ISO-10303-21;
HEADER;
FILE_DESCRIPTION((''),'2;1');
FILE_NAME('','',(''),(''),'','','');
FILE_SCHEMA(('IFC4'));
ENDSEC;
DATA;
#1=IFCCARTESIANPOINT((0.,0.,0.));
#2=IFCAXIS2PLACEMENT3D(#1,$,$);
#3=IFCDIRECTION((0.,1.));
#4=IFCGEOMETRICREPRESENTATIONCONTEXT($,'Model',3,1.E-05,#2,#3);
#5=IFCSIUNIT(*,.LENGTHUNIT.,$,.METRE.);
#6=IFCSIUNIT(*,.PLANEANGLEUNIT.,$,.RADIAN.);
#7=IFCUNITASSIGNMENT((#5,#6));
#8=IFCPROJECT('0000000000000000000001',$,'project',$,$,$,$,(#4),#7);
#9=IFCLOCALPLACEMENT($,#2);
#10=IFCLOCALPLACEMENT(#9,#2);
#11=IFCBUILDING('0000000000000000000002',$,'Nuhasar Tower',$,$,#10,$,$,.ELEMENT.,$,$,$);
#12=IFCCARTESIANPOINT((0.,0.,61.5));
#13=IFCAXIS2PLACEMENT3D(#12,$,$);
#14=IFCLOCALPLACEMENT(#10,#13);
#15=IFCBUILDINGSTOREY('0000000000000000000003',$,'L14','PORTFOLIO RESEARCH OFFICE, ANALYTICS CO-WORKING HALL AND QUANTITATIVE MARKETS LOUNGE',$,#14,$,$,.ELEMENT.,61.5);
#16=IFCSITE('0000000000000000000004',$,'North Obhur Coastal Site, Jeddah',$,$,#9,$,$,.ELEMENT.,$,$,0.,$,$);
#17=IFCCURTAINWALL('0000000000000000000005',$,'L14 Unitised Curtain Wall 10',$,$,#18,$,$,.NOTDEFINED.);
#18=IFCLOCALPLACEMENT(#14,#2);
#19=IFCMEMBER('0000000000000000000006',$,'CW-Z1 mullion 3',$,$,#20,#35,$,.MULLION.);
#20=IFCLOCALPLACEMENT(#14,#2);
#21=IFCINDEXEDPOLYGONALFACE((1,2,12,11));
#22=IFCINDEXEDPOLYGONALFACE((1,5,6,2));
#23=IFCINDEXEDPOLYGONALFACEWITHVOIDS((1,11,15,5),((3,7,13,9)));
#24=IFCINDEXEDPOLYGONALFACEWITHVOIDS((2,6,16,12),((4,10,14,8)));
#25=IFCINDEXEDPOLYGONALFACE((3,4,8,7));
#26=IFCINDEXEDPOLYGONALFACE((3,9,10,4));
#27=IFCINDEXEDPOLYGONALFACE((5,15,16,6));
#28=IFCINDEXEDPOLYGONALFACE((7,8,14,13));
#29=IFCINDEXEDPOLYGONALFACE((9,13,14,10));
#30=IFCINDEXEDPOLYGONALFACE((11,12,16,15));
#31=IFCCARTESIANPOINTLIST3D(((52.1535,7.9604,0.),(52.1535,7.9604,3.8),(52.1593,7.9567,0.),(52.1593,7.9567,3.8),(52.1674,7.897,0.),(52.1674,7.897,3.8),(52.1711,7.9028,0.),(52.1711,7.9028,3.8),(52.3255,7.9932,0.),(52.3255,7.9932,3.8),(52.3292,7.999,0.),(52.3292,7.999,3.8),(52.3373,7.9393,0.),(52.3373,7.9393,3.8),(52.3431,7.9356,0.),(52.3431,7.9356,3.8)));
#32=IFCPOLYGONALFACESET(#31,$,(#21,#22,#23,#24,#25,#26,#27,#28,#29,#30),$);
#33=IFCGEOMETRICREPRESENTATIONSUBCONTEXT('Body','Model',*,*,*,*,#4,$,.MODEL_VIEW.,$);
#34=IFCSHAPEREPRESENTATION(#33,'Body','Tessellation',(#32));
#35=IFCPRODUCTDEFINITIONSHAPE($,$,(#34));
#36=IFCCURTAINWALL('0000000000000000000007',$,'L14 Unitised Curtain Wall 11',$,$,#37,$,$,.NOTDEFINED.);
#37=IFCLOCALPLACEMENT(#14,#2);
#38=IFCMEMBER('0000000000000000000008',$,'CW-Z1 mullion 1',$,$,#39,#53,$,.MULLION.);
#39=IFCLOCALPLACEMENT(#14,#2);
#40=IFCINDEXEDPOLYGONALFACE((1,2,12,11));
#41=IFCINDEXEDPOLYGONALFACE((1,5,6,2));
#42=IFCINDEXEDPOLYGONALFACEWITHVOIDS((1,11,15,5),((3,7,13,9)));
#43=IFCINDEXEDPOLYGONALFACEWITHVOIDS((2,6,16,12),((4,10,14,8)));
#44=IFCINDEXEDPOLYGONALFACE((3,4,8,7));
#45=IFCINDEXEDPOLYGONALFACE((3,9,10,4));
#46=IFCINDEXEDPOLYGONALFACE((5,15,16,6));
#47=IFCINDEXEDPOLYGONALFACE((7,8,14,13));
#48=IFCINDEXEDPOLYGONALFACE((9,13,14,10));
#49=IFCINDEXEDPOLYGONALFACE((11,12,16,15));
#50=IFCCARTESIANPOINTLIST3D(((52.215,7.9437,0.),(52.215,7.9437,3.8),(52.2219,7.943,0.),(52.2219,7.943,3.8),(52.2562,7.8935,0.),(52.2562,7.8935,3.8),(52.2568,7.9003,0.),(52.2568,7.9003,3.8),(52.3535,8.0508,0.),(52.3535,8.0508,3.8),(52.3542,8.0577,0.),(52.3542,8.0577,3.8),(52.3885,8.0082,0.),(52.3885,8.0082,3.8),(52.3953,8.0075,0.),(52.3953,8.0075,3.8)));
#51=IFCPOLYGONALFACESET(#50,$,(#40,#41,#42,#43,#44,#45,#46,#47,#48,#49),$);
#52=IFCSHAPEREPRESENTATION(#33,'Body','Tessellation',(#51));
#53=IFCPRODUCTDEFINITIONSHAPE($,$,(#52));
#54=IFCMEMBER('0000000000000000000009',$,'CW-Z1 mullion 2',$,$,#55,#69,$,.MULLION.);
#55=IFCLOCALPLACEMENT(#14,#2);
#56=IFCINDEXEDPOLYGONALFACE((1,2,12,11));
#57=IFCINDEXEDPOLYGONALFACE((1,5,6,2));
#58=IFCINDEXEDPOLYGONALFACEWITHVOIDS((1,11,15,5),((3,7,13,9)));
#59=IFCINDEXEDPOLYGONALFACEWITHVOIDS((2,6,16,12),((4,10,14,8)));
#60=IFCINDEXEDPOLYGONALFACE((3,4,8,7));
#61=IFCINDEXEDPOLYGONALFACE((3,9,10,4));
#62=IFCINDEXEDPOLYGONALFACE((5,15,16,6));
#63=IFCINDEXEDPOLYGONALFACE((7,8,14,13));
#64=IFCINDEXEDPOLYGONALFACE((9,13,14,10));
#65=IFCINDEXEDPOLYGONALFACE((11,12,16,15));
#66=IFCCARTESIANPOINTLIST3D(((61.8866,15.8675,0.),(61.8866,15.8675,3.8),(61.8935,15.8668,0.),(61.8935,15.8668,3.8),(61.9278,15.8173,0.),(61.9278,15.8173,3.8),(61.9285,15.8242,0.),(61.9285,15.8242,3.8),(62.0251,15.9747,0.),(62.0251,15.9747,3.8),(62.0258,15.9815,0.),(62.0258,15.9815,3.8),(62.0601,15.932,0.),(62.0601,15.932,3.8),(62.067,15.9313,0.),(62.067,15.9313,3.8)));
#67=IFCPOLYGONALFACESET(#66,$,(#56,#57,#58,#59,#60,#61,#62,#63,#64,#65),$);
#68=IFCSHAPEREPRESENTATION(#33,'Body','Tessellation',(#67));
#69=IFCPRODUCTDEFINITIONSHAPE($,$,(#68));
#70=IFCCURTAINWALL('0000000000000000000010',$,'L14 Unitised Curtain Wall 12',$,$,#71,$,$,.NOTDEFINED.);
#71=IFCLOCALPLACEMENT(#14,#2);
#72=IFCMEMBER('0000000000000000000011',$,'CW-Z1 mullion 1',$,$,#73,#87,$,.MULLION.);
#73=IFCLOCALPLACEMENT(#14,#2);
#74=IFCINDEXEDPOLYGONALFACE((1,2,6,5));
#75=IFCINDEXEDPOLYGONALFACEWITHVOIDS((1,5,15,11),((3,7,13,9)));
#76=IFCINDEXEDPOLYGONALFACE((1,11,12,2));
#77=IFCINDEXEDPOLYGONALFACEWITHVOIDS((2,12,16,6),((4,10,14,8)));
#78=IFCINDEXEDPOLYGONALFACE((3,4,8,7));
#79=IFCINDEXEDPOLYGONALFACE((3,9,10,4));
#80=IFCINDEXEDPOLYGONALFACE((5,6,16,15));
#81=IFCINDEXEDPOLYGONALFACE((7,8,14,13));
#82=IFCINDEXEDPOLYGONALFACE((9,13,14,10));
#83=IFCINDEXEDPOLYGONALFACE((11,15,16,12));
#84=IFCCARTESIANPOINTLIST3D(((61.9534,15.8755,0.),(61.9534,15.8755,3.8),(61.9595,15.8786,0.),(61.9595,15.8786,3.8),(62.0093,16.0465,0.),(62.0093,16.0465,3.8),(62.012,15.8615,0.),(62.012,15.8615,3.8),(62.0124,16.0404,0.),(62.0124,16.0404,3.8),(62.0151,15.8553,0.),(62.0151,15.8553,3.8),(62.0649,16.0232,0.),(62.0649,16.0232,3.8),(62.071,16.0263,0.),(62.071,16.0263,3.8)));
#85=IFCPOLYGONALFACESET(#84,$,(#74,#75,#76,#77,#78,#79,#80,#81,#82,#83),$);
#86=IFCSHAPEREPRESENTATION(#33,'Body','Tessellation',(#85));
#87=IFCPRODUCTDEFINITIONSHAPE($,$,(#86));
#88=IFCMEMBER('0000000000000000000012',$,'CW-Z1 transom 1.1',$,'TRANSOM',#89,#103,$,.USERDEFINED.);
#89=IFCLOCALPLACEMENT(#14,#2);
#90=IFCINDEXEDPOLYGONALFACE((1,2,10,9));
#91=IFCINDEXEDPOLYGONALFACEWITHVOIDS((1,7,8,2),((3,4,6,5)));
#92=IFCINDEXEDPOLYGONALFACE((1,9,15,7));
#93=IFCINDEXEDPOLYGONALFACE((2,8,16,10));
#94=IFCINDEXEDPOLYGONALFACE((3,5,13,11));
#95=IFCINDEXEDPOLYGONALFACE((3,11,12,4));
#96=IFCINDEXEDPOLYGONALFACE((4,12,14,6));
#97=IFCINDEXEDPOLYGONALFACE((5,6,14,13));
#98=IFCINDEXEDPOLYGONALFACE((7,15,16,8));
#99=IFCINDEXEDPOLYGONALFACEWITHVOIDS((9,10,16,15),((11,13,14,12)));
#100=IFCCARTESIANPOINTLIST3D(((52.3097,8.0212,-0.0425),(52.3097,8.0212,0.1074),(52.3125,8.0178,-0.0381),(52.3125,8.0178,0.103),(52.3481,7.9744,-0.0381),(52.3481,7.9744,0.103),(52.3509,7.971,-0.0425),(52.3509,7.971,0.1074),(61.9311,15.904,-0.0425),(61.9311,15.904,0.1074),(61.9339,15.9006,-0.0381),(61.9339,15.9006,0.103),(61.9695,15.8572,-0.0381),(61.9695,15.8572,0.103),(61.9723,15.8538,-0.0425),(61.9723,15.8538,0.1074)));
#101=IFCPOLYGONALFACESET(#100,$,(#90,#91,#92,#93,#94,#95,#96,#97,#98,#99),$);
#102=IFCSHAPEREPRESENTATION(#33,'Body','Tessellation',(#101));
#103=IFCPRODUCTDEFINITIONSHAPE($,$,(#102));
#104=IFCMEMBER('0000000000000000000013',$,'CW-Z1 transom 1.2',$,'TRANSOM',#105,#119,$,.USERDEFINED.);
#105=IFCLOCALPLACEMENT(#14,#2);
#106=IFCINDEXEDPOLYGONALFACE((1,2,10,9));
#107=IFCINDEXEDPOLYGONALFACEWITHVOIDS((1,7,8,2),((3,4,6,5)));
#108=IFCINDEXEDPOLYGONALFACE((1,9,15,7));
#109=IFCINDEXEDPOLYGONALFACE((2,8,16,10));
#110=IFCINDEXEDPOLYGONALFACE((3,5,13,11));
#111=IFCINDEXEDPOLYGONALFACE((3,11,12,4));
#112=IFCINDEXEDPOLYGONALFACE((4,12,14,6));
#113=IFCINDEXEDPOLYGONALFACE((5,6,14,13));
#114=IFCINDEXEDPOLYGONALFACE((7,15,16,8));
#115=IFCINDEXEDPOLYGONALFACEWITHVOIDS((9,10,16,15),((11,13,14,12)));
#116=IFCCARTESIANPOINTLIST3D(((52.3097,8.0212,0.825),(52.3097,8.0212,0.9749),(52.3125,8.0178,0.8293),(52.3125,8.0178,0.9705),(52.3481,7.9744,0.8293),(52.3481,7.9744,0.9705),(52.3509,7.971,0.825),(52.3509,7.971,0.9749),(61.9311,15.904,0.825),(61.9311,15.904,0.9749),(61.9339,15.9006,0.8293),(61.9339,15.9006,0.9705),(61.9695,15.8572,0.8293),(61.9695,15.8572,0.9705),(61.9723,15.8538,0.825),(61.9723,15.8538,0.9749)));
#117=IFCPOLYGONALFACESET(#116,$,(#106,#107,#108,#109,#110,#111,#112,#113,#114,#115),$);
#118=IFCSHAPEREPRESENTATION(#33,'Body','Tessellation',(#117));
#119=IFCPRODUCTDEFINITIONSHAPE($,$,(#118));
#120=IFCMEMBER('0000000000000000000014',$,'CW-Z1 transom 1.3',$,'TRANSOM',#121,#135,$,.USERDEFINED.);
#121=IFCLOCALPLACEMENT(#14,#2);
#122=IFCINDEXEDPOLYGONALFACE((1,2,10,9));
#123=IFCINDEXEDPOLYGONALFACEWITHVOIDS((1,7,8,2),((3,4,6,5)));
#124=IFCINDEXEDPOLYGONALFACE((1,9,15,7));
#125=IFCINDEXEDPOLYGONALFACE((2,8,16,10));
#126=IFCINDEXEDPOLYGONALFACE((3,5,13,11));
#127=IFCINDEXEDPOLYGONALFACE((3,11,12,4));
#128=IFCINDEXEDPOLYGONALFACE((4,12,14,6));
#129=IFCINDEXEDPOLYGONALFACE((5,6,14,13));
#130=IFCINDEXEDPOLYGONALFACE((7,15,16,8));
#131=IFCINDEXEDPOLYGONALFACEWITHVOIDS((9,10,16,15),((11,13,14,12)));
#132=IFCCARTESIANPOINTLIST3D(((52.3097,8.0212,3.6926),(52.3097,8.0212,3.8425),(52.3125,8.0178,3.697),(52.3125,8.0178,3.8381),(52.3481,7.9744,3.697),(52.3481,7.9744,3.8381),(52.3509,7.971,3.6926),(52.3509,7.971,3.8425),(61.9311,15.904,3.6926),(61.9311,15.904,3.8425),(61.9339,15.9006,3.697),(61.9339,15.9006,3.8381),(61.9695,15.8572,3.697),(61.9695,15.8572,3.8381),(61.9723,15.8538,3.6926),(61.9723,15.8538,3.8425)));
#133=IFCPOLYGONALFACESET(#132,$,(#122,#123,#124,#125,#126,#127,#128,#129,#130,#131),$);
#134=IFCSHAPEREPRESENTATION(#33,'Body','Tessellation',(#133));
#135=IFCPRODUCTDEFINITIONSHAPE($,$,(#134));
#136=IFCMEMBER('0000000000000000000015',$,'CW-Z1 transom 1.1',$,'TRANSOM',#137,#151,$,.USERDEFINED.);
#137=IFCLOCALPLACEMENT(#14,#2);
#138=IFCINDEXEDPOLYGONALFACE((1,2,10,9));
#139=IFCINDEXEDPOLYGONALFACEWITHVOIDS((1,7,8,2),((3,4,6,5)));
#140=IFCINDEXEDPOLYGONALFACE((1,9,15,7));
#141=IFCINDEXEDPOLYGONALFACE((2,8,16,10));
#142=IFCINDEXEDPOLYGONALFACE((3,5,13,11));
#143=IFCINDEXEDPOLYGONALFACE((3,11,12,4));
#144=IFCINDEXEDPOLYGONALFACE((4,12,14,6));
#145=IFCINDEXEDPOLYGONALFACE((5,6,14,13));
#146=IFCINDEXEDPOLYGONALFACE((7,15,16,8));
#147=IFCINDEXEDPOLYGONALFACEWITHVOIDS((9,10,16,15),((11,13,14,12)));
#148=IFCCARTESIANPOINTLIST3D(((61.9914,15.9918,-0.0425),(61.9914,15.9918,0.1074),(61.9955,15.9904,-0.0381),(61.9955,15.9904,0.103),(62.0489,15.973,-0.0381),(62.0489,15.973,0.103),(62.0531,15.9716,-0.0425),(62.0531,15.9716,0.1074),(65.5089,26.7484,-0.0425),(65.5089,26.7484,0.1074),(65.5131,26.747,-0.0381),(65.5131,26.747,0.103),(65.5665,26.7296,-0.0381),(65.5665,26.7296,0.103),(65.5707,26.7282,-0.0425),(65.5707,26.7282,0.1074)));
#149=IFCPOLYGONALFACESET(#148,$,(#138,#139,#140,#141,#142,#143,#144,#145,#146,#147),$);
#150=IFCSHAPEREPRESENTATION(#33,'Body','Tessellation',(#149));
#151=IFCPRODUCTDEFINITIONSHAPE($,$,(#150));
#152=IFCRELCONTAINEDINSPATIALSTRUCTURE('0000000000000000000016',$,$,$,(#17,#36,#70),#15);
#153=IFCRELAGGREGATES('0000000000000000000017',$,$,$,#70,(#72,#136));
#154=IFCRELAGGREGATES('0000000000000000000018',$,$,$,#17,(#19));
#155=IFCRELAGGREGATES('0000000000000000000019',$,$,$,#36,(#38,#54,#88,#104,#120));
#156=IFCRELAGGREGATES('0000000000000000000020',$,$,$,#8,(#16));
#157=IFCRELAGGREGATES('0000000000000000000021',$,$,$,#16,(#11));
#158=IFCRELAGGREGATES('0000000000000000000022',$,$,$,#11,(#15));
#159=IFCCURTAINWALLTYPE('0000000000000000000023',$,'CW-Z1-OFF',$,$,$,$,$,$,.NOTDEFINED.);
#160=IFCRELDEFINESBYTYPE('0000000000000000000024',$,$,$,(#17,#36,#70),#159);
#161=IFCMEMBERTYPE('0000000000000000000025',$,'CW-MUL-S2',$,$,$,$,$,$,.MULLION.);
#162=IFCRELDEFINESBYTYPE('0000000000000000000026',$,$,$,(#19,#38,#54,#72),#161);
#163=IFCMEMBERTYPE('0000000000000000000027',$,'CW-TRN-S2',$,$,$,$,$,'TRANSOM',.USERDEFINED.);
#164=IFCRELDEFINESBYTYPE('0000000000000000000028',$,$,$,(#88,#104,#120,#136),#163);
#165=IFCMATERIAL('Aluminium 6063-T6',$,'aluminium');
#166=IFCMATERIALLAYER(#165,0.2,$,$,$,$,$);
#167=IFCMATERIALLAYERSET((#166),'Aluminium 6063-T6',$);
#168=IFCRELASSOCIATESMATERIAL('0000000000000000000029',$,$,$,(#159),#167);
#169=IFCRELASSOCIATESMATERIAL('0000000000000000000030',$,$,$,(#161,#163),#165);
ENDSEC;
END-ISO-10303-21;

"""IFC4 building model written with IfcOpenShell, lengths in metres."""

from ifc_helpers import new_model, si_unit, direction, frame, origin, origin_2d, place, context, subcontext, project, spatial, hollow_rectangle, extrude, material, layer, layer_set, material_profile, profile_set, type_object, element, aggregate, save


model = new_model("IFC4")

# Units and contexts
model_context = context("Model", 3, precision=1e-05, world=origin(), true_north=direction((0.0, 1.0)))
body_context = subcontext(model_context, "Body", "Model", "MODEL_VIEW")
ifc_project = project(units=[si_unit("LENGTHUNIT", "METRE"), si_unit("PLANEANGLEUNIT", "RADIAN")], contexts=[model_context])

# Site, building, storey
site_placement = place(None, origin())
site = spatial("IfcSite", under=ifc_project, at=site_placement, Name="North Obhur Coastal Site, Jeddah", CompositionType="ELEMENT", RefElevation=0.0)
building_placement = place(site_placement, origin())
building = spatial("IfcBuilding", under=site, at=building_placement, Name="Nuhasar Tower", CompositionType="ELEMENT")
storey_placement = place(building_placement, frame((0.0, 0.0, 61.5)))
storey = spatial("IfcBuildingStorey", under=building, at=storey_placement, Name="L14", Description="PORTFOLIO RESEARCH OFFICE, ANALYTICS CO-WORKING HALL AND QUANTITATIVE MARKETS LOUNGE", CompositionType="ELEMENT", Elevation=61.5)

# Curtain wall, member
ifc_material_1 = material(Name="Aluminium 6063-T6", Category="aluminium")
ifc_layer_1 = layer(ifc_material_1, 0.2)
ifc_layer_set_1 = layer_set([ifc_layer_1], Name="Aluminium 6063-T6")
curtain_wall_type = type_object("IfcCurtainWallType", Name="CW-Z1-OFF", PredefinedType="NOTDEFINED", material=ifc_layer_set_1)
curtain_wall_1_placement = place(storey_placement, origin())
curtain_wall_1 = element("IfcCurtainWall", 1, at=curtain_wall_1_placement, inside=storey, type_object=curtain_wall_type, Name="L14 Unitised Curtain Wall 10", PredefinedType="NOTDEFINED")
ifc_material_profile_1 = material_profile(ifc_material_1, hollow_rectangle(XDim=0.0649, YDim=0.1799, WallThickness=0.0049, at=origin_2d()), Name="CWM-2")
ifc_profile_set_1 = profile_set([ifc_material_profile_1], Name="Aluminium 6063-T6")
member_type_1 = type_object("IfcMemberType", Name="CW-MUL-S2", PredefinedType="MULLION", material=ifc_profile_set_1)
member_1_placement = place(storey_placement, frame((52.2483, 7.948, 0.0), z_axis=(0.0, 0.0, 1.0), x_axis=(-0.214399, 0.976746, 0.0)))
member_1 = element("IfcMember", 2, at=member_1_placement, type_object=member_type_1, Name="CW-Z1 mullion 3", PredefinedType="MULLION", context=body_context, shape_type="SweptSolid", body=[
    extrude(hollow_rectangle(XDim=0.0649, YDim=0.1799, WallThickness=0.0049, at=origin_2d()), origin(), (0.0, 0.0, 1.0), 3.8),
])

# Curtain wall, members
curtain_wall_2_placement = place(storey_placement, origin())
curtain_wall_2 = element("IfcCurtainWall", 3, at=curtain_wall_2_placement, inside=storey, type_object=curtain_wall_type, Name="L14 Unitised Curtain Wall 11", PredefinedType="NOTDEFINED")
member_2_placement = place(storey_placement, frame((52.3052, 7.9756, 0.0), z_axis=(0.0, 0.0, 1.0), x_axis=(-0.633745, 0.773542, 0.0)))
member_2 = element("IfcMember", 4, at=member_2_placement, type_object=member_type_1, Name="CW-Z1 mullion 1", PredefinedType="MULLION", context=body_context, shape_type="SweptSolid", body=[
    extrude(hollow_rectangle(XDim=0.0649, YDim=0.1799, WallThickness=0.0049, at=origin_2d()), origin(), (0.0, 0.0, 1.0), 3.8),
])
member_3_placement = place(storey_placement, frame((61.9768, 15.8994, 0.0), z_axis=(0.0, 0.0, 1.0), x_axis=(-0.633745, 0.773542, 0.0)))
member_3 = element("IfcMember", 5, at=member_3_placement, type_object=member_type_1, Name="CW-Z1 mullion 2", PredefinedType="MULLION", context=body_context, shape_type="SweptSolid", body=[
    extrude(hollow_rectangle(XDim=0.0649, YDim=0.1799, WallThickness=0.0049, at=origin_2d()), origin(), (0.0, 0.0, 1.0), 3.8),
])

# Curtain wall, member
curtain_wall_3_placement = place(storey_placement, origin())
curtain_wall_3 = element("IfcCurtainWall", 6, at=curtain_wall_3_placement, inside=storey, type_object=curtain_wall_type, Name="L14 Unitised Curtain Wall 12", PredefinedType="NOTDEFINED")
member_4_placement = place(storey_placement, frame((62.0122, 15.9509, 0.0), z_axis=(0.0, 0.0, 1.0), x_axis=(-0.950468, 0.310824, 0.0)))
member_4 = element("IfcMember", 7, at=member_4_placement, type_object=member_type_1, Name="CW-Z1 mullion 1", PredefinedType="MULLION", context=body_context, shape_type="SweptSolid", body=[
    extrude(hollow_rectangle(XDim=0.0649, YDim=0.1799, WallThickness=0.0049, at=origin_2d()), origin(), (0.0, 0.0, 1.0), 3.8),
])

# Members
ifc_material_profile_2 = material_profile(ifc_material_1, hollow_rectangle(XDim=0.0649, YDim=0.1499, WallThickness=0.0044, at=origin_2d()), Name="CWT-2")
ifc_profile_set_2 = profile_set([ifc_material_profile_2], Name="Aluminium 6063-T6")
member_type_2 = type_object("IfcMemberType", Name="CW-TRN-S2", ElementType="TRANSOM", PredefinedType="USERDEFINED", material=ifc_profile_set_2)
member_5_placement = place(storey_placement, frame((52.3303, 7.9961, 0.0325), z_axis=(0.773531, 0.633758, 0.0), x_axis=(-0.633758, 0.773531, 0.0)))
member_5 = element("IfcMember", 8, at=member_5_placement, type_object=member_type_2, Name="CW-Z1 transom 1.1", ObjectType="TRANSOM", PredefinedType="USERDEFINED", context=body_context, shape_type="SweptSolid", body=[
    extrude(hollow_rectangle(XDim=0.0649, YDim=0.1499, WallThickness=0.0044, at=origin_2d()), origin(), (0.0, 0.0, 1.0), 12.4382),
])
member_6_placement = place(storey_placement, frame((52.3303, 7.9961, 0.8999), z_axis=(0.773531, 0.633758, 0.0), x_axis=(-0.633758, 0.773531, 0.0)))
member_6 = element("IfcMember", 9, at=member_6_placement, type_object=member_type_2, Name="CW-Z1 transom 1.2", ObjectType="TRANSOM", PredefinedType="USERDEFINED", context=body_context, shape_type="SweptSolid", body=[
    extrude(hollow_rectangle(XDim=0.0649, YDim=0.1499, WallThickness=0.0044, at=origin_2d()), origin(), (0.0, 0.0, 1.0), 12.4382),
])
member_7_placement = place(storey_placement, frame((52.3303, 7.9961, 3.7676), z_axis=(0.773531, 0.633758, 0.0), x_axis=(-0.633758, 0.773531, 0.0)))
member_7 = element("IfcMember", 10, at=member_7_placement, type_object=member_type_2, Name="CW-Z1 transom 1.3", ObjectType="TRANSOM", PredefinedType="USERDEFINED", context=body_context, shape_type="SweptSolid", body=[
    extrude(hollow_rectangle(XDim=0.0649, YDim=0.1499, WallThickness=0.0044, at=origin_2d()), origin(), (0.0, 0.0, 1.0), 12.4382),
])
member_8_placement = place(storey_placement, frame((62.0222, 15.9817, 0.0325), z_axis=(0.310819, 0.950469, 0.0), x_axis=(-0.950469, 0.310819, 0.0)))
member_8 = element("IfcMember", 11, at=member_8_placement, type_object=member_type_2, Name="CW-Z1 transom 1.1", ObjectType="TRANSOM", PredefinedType="USERDEFINED", context=body_context, shape_type="SweptSolid", body=[
    extrude(hollow_rectangle(XDim=0.0649, YDim=0.1499, WallThickness=0.0044, at=origin_2d()), origin(), (0.0, 0.0, 1.0), 11.3171),
])
aggregate(curtain_wall_3, [member_4, member_8])

aggregate(curtain_wall_1, [member_1])
aggregate(curtain_wall_2, [member_2, member_3, member_5, member_6, member_7])

save(model, "model.ifc")
